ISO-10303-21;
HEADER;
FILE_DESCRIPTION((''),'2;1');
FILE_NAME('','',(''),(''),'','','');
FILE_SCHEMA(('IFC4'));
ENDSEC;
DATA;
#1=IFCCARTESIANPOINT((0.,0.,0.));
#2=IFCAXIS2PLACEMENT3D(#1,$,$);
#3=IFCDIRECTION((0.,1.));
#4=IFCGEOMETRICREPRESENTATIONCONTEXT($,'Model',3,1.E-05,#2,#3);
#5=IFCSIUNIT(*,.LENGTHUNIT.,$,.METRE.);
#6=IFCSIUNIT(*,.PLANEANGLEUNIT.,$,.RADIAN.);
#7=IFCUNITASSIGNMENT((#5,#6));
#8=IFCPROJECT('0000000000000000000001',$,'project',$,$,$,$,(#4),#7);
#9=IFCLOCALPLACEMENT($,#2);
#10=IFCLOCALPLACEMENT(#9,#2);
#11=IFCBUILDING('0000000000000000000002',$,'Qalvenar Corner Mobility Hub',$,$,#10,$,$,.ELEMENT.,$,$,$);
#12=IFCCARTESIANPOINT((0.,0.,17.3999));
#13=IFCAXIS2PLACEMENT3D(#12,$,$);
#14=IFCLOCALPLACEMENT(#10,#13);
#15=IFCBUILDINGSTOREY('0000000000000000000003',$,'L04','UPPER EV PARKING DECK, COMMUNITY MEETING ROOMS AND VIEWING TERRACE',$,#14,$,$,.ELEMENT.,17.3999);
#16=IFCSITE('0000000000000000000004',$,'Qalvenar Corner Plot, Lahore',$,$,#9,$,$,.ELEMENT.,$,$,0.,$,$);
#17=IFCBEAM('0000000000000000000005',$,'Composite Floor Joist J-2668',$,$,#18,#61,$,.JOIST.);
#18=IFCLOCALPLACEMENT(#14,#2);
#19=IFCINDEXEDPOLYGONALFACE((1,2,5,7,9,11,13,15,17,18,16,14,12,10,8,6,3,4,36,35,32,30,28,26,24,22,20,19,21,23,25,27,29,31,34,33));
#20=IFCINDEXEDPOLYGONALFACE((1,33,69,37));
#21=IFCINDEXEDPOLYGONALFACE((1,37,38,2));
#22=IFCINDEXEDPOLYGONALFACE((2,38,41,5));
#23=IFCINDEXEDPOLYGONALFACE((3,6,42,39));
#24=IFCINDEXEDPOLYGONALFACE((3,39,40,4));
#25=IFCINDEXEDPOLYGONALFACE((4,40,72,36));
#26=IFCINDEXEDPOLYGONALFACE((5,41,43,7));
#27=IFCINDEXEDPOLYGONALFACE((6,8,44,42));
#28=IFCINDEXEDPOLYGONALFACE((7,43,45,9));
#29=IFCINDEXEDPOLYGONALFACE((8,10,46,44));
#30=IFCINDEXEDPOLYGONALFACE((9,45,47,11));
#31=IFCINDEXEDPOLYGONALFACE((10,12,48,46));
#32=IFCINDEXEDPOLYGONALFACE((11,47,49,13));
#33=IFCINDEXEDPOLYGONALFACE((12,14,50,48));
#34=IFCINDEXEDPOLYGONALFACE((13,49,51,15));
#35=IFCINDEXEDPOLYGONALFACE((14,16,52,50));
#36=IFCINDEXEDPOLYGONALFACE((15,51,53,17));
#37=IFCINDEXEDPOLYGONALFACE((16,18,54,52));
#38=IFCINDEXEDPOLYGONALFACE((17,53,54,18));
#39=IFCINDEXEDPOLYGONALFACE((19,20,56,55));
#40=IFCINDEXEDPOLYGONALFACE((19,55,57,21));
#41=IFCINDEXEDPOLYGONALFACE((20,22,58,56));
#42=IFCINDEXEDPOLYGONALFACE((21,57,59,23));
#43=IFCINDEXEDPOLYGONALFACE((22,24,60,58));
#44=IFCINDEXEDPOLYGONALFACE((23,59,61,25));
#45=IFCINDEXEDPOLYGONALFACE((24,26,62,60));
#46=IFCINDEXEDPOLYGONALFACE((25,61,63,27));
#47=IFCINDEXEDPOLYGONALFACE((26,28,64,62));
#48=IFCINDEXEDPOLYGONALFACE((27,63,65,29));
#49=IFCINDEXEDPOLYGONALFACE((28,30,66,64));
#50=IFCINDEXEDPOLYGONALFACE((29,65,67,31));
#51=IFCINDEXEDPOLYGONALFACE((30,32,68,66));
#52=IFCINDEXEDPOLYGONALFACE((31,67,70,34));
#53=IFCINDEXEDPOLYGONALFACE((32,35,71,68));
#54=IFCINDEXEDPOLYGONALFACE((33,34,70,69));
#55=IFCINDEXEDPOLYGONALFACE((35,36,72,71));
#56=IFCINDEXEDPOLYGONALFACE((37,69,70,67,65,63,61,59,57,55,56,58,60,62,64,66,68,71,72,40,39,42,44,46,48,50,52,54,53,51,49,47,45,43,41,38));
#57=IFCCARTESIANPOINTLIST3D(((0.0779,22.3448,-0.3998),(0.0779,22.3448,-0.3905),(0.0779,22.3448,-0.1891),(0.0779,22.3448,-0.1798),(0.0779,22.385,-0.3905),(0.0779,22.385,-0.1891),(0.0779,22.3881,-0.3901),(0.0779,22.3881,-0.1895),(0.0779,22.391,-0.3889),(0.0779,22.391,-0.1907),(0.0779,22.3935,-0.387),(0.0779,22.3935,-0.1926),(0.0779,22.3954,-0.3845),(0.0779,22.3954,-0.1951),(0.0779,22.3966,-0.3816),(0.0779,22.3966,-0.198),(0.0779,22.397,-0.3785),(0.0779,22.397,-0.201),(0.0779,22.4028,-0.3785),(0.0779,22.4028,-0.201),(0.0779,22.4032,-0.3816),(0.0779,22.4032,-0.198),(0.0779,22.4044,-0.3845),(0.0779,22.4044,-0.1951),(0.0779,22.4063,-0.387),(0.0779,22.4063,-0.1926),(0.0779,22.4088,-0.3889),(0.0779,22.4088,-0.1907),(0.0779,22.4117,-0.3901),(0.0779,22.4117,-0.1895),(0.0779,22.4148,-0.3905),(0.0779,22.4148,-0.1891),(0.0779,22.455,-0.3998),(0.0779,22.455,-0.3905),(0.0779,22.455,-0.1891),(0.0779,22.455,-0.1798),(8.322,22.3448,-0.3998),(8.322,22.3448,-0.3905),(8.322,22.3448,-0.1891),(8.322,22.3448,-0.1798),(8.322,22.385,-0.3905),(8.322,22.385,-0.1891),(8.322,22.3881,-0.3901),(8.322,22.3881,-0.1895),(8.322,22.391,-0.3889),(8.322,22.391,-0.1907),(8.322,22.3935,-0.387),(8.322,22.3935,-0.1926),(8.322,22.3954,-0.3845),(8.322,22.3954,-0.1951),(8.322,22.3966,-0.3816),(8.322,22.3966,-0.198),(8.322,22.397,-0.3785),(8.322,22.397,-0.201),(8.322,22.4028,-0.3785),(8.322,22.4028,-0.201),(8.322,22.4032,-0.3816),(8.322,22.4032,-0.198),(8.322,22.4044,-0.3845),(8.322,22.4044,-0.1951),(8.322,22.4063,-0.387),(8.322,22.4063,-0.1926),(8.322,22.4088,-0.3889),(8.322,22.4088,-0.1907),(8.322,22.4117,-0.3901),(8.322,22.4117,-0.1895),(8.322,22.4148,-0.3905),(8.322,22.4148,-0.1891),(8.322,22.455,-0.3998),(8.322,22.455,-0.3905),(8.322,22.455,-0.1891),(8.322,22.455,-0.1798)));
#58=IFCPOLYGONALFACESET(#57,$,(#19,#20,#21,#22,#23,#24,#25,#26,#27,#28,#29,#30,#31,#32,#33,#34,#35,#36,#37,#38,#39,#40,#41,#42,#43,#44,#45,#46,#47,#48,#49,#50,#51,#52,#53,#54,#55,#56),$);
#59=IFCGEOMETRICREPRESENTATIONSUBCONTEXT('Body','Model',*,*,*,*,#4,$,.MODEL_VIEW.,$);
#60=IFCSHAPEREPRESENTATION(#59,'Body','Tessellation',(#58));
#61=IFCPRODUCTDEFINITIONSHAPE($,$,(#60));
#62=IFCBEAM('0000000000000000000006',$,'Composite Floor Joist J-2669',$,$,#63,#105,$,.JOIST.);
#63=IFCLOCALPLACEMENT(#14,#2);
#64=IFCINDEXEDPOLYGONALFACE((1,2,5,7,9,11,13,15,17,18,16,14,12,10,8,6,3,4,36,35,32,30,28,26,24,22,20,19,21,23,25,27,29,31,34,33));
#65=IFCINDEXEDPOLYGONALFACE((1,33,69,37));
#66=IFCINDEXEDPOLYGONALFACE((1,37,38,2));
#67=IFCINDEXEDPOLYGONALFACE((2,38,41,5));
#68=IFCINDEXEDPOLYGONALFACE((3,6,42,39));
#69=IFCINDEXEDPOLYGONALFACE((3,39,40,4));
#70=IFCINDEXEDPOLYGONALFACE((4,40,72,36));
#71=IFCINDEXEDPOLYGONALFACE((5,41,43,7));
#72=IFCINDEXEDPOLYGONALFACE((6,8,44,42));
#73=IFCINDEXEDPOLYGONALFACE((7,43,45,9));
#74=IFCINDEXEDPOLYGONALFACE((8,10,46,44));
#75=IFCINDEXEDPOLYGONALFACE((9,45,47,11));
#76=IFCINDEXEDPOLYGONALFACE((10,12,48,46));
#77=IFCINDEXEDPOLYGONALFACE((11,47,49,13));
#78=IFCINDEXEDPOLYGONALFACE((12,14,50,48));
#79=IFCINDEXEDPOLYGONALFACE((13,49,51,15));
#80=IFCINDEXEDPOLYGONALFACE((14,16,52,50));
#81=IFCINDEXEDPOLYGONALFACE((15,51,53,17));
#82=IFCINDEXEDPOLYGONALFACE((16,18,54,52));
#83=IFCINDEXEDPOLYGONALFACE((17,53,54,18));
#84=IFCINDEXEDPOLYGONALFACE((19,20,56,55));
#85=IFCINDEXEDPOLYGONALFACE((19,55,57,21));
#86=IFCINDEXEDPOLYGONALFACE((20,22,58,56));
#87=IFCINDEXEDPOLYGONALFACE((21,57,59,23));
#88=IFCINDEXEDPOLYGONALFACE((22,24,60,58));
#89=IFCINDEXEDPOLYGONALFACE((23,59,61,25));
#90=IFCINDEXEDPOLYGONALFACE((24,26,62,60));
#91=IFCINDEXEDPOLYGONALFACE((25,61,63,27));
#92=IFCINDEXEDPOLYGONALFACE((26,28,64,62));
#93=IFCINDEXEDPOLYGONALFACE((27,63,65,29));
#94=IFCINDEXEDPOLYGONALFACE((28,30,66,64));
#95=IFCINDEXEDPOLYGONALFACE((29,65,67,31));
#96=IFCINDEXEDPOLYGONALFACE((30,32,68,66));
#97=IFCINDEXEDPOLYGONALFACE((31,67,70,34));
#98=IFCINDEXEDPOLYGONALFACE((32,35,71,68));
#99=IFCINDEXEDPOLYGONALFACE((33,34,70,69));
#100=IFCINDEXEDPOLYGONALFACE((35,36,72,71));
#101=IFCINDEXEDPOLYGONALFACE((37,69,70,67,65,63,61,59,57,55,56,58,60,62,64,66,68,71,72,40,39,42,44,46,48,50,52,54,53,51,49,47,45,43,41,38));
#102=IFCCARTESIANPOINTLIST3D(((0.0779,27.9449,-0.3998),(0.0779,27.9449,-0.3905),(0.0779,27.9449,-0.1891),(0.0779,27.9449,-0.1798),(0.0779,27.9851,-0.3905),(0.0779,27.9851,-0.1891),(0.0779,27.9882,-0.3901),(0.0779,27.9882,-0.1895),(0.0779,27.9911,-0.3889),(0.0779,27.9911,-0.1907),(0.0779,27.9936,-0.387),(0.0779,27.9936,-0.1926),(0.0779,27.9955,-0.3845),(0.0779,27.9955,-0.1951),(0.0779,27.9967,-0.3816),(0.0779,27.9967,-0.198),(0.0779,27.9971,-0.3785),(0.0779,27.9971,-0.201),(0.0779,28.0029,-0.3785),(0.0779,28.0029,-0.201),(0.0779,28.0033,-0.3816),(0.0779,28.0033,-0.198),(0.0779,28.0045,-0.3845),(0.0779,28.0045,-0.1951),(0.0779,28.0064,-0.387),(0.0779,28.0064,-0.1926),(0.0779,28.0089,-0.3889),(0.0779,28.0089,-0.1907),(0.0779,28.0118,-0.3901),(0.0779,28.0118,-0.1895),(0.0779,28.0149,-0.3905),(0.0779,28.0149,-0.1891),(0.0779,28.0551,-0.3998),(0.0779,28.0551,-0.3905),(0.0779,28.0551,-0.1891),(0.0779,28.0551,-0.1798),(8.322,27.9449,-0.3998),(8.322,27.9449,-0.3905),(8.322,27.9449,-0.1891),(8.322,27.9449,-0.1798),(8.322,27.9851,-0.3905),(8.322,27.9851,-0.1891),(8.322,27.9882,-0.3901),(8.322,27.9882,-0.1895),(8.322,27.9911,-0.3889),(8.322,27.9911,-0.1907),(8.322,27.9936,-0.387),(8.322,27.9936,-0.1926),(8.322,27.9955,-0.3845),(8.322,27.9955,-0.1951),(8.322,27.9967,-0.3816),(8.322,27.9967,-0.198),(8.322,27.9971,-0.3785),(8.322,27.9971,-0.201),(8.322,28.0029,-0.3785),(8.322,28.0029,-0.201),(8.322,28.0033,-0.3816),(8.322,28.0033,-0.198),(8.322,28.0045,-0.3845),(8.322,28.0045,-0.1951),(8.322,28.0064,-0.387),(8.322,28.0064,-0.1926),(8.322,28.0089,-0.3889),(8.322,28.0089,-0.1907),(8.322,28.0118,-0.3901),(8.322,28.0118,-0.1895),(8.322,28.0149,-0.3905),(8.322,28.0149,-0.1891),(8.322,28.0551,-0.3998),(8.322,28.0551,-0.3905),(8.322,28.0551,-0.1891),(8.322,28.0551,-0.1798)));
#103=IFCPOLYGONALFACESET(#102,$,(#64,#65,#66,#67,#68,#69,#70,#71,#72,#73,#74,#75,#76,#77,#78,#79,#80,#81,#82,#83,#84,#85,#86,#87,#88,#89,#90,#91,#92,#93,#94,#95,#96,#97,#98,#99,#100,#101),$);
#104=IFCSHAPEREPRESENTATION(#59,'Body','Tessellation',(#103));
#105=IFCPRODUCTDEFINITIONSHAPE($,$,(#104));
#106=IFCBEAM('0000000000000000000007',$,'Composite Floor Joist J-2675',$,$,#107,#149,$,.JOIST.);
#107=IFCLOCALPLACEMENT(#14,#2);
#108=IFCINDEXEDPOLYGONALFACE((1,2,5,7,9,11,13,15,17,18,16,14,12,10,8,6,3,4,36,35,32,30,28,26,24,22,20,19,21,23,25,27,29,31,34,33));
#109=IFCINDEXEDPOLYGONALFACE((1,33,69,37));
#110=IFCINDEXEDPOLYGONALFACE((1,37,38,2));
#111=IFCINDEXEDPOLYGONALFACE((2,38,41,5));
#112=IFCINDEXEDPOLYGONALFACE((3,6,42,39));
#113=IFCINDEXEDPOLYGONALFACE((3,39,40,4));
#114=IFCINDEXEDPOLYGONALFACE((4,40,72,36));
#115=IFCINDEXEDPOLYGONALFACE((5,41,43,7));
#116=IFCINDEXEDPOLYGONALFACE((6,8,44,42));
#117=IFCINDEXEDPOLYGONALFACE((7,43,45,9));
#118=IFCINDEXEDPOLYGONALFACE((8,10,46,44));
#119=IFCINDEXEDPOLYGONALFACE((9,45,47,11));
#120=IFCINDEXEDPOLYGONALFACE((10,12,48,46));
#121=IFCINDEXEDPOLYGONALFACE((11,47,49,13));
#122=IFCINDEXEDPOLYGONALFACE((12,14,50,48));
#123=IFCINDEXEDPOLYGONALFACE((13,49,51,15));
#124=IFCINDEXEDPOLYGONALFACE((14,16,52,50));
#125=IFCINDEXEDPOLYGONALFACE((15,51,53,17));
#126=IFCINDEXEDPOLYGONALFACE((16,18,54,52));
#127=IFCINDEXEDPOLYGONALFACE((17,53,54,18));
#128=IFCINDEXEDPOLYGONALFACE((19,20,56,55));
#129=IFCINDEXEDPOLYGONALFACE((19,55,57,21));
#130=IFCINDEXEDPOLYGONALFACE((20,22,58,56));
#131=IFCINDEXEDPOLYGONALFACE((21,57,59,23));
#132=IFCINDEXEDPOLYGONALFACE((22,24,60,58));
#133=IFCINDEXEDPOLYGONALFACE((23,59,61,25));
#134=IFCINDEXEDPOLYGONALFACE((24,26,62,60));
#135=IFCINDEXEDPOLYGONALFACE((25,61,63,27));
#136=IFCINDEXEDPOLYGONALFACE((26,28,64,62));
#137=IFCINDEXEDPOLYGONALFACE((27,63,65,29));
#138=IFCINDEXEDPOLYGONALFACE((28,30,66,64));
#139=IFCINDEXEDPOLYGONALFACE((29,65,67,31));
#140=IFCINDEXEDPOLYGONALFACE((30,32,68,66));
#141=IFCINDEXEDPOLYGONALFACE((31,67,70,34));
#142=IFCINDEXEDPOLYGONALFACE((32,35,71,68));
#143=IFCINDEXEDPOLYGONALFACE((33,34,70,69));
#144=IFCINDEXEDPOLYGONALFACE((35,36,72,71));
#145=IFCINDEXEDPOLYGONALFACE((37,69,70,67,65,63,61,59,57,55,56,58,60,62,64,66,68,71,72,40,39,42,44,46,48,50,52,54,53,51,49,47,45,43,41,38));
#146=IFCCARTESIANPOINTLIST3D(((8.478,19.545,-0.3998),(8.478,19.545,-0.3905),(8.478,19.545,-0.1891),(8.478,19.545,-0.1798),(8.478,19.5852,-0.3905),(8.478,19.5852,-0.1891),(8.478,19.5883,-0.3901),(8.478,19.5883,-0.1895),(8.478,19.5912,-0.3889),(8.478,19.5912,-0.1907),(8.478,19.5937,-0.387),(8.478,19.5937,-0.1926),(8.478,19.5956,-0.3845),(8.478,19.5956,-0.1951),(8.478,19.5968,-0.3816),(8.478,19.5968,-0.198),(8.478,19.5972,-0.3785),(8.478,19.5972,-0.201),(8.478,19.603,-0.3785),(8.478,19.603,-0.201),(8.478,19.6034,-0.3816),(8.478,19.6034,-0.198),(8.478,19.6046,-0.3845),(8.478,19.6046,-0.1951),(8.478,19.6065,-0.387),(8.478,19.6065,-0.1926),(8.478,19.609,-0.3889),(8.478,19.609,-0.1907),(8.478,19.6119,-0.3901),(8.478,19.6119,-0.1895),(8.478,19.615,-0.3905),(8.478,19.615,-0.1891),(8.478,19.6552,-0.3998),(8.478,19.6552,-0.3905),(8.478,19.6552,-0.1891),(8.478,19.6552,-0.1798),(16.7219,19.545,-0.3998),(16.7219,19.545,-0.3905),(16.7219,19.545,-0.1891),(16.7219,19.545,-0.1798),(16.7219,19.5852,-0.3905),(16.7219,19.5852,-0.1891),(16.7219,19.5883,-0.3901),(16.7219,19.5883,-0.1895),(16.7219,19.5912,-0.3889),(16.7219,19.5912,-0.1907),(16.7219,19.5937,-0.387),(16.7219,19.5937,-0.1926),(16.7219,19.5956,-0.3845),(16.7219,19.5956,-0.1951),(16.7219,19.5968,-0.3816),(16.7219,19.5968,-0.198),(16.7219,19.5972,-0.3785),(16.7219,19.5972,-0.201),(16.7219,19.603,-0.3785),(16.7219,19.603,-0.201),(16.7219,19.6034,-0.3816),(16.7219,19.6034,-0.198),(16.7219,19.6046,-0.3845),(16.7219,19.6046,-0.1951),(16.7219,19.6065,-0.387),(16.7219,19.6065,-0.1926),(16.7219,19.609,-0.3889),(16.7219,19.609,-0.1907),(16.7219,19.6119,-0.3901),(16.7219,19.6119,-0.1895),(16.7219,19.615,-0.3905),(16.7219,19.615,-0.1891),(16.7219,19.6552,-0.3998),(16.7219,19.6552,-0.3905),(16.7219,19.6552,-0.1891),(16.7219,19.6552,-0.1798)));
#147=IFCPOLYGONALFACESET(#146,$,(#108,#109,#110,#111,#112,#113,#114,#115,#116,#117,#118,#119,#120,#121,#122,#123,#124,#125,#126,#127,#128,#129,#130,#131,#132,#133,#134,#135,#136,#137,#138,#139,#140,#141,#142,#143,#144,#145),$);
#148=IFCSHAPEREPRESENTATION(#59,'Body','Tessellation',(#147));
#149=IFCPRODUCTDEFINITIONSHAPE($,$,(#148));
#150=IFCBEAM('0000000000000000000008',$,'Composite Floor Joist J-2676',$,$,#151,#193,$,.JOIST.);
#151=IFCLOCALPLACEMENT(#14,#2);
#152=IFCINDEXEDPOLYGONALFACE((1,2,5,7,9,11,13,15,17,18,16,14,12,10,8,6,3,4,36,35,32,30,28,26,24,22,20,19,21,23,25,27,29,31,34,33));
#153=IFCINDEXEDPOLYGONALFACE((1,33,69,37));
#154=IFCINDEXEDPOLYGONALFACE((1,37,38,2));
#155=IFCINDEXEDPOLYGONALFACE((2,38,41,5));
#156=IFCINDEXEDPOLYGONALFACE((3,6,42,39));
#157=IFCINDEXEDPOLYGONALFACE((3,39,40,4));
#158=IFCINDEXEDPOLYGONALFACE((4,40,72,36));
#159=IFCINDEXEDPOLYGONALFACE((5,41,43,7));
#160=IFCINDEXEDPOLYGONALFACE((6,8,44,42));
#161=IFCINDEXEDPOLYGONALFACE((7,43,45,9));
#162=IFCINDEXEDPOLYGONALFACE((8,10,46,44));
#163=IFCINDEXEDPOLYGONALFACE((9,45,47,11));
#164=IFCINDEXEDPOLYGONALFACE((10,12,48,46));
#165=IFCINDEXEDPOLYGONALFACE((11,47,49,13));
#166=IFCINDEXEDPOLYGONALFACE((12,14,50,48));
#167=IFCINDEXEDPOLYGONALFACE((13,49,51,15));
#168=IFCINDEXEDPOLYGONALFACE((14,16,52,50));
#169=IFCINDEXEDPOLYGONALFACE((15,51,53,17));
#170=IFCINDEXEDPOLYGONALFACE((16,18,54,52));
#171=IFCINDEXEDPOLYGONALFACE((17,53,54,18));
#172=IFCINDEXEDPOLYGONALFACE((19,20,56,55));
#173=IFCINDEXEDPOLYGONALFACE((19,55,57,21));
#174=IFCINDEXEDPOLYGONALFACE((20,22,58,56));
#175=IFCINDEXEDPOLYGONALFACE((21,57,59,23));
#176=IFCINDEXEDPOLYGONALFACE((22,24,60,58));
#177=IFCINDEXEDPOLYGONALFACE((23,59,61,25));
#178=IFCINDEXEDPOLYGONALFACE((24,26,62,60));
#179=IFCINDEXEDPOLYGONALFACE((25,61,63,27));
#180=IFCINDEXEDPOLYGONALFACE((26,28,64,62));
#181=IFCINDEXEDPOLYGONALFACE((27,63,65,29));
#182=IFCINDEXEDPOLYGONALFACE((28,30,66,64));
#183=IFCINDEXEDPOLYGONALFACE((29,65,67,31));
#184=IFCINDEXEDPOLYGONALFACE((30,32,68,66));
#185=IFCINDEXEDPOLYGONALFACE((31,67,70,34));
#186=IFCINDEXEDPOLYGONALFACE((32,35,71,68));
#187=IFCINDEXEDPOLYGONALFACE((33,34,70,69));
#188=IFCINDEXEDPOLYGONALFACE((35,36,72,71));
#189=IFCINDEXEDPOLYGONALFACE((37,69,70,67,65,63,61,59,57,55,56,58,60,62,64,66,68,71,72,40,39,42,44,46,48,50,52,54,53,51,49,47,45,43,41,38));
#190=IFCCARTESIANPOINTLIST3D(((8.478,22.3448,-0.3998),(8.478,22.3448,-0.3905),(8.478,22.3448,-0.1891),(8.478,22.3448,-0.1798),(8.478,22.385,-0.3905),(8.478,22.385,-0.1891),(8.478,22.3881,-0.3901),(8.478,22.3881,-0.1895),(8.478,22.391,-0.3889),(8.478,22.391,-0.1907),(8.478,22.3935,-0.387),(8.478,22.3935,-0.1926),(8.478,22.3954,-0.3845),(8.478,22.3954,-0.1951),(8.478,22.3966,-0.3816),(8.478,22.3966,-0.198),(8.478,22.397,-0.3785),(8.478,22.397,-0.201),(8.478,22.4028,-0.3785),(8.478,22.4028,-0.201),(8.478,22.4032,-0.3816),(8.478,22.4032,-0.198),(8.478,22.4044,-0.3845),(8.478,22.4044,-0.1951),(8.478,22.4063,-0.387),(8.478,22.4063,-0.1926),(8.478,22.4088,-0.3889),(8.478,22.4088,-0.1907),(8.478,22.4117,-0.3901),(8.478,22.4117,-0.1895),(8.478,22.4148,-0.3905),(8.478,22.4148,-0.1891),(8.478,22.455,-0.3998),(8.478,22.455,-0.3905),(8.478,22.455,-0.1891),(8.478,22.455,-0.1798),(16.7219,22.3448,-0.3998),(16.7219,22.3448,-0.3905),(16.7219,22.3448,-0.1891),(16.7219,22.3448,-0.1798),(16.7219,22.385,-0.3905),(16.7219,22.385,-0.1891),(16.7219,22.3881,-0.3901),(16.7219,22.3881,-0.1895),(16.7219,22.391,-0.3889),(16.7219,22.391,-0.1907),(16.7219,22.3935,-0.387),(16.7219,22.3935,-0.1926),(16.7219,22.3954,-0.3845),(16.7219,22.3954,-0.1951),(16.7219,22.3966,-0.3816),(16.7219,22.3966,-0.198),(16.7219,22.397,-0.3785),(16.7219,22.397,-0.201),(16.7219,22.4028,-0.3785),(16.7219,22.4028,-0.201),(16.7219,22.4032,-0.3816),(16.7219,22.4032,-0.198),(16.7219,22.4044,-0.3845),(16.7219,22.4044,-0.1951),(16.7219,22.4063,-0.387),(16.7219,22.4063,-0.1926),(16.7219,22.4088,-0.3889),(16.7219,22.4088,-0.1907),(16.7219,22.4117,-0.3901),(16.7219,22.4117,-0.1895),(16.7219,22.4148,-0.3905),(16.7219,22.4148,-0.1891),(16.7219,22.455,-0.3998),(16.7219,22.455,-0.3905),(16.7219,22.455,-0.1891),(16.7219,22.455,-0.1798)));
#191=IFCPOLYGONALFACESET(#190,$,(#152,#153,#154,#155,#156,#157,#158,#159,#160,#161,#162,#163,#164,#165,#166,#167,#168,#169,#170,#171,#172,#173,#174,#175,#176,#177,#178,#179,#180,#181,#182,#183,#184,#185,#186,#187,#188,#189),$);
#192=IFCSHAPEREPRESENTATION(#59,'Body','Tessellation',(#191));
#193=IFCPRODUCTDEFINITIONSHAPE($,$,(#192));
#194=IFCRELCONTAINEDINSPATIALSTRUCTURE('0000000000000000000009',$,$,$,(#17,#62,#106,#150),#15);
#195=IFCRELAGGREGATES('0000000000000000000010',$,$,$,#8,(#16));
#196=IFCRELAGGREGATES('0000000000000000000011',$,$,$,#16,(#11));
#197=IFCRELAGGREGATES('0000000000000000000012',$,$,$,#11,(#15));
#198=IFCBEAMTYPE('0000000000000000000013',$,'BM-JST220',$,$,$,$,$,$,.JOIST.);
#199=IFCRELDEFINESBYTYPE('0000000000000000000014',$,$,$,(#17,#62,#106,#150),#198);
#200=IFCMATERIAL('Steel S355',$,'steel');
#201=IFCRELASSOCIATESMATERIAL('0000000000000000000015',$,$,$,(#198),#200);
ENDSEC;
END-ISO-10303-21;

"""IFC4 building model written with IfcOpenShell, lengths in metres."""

from ifc_helpers import new_model, si_unit, direction, frame, origin, origin_2d, place, context, subcontext, project, spatial, i_section, extrude, material, material_profile, profile_set, type_object, element, save


model = new_model("IFC4")

# Units and contexts
model_context = context("Model", 3, precision=1e-05, world=origin(), true_north=direction((0.0, 1.0)))
body_context = subcontext(model_context, "Body", "Model", "MODEL_VIEW")
ifc_project = project(units=[si_unit("LENGTHUNIT", "METRE"), si_unit("PLANEANGLEUNIT", "RADIAN")], contexts=[model_context])

# Site, building, storey
site_placement = place(None, origin())
site = spatial("IfcSite", under=ifc_project, at=site_placement, Name="Qalvenar Corner Plot, Lahore", CompositionType="ELEMENT", RefElevation=0.0)
building_placement = place(site_placement, origin())
building = spatial("IfcBuilding", under=site, at=building_placement, Name="Qalvenar Corner Mobility Hub", CompositionType="ELEMENT")
storey_placement = place(building_placement, frame((0.0, 0.0, 17.3999)))
storey = spatial("IfcBuildingStorey", under=building, at=storey_placement, Name="L04", Description="UPPER EV PARKING DECK, COMMUNITY MEETING ROOMS AND VIEWING TERRACE", CompositionType="ELEMENT", Elevation=17.3999)

# Shared definitions
ifc_material_1 = material(Name="Steel S355", Category="steel")

# Beams
ifc_material_profile_1 = material_profile(ifc_material_1, i_section(OverallWidth=0.1101, OverallDepth=0.22, WebThickness=0.0059, FlangeThickness=0.0093, FilletRadius=0.012, at=origin_2d()), Name="IPE220")
ifc_profile_set_1 = profile_set([ifc_material_profile_1], Name="Steel S355")
beam_type_1 = type_object("IfcBeamType", Name="BM-JST220", PredefinedType="JOIST", material=ifc_profile_set_1)
for number, where, z_axis, x_axis, name in (
    (1, (0.0779, 22.3999, -0.2898), (1.0, 0.0, 0.0), (0.0, 1.0, 0.0), "Composite Floor Joist J-2668"),
    (2, (0.0779, 28.0, -0.2898), (1.0, 0.0, 0.0), (0.0, 1.0, 0.0), "Composite Floor Joist J-2669"),
):
    element("IfcBeam", number, at=place(storey_placement, frame(where, z_axis=z_axis, x_axis=x_axis)), inside=storey, type_object=beam_type_1, Name=name, PredefinedType="JOIST", context=body_context, shape_type="SweptSolid", body=[
        extrude(i_section(OverallWidth=0.1101, OverallDepth=0.22, WebThickness=0.0059, FlangeThickness=0.0093, FilletRadius=0.012, at=origin_2d()), origin(), (0.0, 0.0, 1.0), 8.2441),
    ])
for number, where, z_axis, x_axis, name in (
    (3, (8.478, 19.6001, -0.2898), (1.0, 0.0, 0.0), (0.0, 1.0, 0.0), "Composite Floor Joist J-2675"),
    (4, (8.478, 22.3999, -0.2898), (1.0, 0.0, 0.0), (0.0, 1.0, 0.0), "Composite Floor Joist J-2676"),
):
    element("IfcBeam", number, at=place(storey_placement, frame(where, z_axis=z_axis, x_axis=x_axis)), inside=storey, type_object=beam_type_1, Name=name, PredefinedType="JOIST", context=body_context, shape_type="SweptSolid", body=[
        extrude(i_section(OverallWidth=0.1101, OverallDepth=0.22, WebThickness=0.0059, FlangeThickness=0.0093, FilletRadius=0.012, at=origin_2d()), origin(), (0.0, 0.0, 1.0), 8.2439),
    ])

save(model, "model.ifc")
